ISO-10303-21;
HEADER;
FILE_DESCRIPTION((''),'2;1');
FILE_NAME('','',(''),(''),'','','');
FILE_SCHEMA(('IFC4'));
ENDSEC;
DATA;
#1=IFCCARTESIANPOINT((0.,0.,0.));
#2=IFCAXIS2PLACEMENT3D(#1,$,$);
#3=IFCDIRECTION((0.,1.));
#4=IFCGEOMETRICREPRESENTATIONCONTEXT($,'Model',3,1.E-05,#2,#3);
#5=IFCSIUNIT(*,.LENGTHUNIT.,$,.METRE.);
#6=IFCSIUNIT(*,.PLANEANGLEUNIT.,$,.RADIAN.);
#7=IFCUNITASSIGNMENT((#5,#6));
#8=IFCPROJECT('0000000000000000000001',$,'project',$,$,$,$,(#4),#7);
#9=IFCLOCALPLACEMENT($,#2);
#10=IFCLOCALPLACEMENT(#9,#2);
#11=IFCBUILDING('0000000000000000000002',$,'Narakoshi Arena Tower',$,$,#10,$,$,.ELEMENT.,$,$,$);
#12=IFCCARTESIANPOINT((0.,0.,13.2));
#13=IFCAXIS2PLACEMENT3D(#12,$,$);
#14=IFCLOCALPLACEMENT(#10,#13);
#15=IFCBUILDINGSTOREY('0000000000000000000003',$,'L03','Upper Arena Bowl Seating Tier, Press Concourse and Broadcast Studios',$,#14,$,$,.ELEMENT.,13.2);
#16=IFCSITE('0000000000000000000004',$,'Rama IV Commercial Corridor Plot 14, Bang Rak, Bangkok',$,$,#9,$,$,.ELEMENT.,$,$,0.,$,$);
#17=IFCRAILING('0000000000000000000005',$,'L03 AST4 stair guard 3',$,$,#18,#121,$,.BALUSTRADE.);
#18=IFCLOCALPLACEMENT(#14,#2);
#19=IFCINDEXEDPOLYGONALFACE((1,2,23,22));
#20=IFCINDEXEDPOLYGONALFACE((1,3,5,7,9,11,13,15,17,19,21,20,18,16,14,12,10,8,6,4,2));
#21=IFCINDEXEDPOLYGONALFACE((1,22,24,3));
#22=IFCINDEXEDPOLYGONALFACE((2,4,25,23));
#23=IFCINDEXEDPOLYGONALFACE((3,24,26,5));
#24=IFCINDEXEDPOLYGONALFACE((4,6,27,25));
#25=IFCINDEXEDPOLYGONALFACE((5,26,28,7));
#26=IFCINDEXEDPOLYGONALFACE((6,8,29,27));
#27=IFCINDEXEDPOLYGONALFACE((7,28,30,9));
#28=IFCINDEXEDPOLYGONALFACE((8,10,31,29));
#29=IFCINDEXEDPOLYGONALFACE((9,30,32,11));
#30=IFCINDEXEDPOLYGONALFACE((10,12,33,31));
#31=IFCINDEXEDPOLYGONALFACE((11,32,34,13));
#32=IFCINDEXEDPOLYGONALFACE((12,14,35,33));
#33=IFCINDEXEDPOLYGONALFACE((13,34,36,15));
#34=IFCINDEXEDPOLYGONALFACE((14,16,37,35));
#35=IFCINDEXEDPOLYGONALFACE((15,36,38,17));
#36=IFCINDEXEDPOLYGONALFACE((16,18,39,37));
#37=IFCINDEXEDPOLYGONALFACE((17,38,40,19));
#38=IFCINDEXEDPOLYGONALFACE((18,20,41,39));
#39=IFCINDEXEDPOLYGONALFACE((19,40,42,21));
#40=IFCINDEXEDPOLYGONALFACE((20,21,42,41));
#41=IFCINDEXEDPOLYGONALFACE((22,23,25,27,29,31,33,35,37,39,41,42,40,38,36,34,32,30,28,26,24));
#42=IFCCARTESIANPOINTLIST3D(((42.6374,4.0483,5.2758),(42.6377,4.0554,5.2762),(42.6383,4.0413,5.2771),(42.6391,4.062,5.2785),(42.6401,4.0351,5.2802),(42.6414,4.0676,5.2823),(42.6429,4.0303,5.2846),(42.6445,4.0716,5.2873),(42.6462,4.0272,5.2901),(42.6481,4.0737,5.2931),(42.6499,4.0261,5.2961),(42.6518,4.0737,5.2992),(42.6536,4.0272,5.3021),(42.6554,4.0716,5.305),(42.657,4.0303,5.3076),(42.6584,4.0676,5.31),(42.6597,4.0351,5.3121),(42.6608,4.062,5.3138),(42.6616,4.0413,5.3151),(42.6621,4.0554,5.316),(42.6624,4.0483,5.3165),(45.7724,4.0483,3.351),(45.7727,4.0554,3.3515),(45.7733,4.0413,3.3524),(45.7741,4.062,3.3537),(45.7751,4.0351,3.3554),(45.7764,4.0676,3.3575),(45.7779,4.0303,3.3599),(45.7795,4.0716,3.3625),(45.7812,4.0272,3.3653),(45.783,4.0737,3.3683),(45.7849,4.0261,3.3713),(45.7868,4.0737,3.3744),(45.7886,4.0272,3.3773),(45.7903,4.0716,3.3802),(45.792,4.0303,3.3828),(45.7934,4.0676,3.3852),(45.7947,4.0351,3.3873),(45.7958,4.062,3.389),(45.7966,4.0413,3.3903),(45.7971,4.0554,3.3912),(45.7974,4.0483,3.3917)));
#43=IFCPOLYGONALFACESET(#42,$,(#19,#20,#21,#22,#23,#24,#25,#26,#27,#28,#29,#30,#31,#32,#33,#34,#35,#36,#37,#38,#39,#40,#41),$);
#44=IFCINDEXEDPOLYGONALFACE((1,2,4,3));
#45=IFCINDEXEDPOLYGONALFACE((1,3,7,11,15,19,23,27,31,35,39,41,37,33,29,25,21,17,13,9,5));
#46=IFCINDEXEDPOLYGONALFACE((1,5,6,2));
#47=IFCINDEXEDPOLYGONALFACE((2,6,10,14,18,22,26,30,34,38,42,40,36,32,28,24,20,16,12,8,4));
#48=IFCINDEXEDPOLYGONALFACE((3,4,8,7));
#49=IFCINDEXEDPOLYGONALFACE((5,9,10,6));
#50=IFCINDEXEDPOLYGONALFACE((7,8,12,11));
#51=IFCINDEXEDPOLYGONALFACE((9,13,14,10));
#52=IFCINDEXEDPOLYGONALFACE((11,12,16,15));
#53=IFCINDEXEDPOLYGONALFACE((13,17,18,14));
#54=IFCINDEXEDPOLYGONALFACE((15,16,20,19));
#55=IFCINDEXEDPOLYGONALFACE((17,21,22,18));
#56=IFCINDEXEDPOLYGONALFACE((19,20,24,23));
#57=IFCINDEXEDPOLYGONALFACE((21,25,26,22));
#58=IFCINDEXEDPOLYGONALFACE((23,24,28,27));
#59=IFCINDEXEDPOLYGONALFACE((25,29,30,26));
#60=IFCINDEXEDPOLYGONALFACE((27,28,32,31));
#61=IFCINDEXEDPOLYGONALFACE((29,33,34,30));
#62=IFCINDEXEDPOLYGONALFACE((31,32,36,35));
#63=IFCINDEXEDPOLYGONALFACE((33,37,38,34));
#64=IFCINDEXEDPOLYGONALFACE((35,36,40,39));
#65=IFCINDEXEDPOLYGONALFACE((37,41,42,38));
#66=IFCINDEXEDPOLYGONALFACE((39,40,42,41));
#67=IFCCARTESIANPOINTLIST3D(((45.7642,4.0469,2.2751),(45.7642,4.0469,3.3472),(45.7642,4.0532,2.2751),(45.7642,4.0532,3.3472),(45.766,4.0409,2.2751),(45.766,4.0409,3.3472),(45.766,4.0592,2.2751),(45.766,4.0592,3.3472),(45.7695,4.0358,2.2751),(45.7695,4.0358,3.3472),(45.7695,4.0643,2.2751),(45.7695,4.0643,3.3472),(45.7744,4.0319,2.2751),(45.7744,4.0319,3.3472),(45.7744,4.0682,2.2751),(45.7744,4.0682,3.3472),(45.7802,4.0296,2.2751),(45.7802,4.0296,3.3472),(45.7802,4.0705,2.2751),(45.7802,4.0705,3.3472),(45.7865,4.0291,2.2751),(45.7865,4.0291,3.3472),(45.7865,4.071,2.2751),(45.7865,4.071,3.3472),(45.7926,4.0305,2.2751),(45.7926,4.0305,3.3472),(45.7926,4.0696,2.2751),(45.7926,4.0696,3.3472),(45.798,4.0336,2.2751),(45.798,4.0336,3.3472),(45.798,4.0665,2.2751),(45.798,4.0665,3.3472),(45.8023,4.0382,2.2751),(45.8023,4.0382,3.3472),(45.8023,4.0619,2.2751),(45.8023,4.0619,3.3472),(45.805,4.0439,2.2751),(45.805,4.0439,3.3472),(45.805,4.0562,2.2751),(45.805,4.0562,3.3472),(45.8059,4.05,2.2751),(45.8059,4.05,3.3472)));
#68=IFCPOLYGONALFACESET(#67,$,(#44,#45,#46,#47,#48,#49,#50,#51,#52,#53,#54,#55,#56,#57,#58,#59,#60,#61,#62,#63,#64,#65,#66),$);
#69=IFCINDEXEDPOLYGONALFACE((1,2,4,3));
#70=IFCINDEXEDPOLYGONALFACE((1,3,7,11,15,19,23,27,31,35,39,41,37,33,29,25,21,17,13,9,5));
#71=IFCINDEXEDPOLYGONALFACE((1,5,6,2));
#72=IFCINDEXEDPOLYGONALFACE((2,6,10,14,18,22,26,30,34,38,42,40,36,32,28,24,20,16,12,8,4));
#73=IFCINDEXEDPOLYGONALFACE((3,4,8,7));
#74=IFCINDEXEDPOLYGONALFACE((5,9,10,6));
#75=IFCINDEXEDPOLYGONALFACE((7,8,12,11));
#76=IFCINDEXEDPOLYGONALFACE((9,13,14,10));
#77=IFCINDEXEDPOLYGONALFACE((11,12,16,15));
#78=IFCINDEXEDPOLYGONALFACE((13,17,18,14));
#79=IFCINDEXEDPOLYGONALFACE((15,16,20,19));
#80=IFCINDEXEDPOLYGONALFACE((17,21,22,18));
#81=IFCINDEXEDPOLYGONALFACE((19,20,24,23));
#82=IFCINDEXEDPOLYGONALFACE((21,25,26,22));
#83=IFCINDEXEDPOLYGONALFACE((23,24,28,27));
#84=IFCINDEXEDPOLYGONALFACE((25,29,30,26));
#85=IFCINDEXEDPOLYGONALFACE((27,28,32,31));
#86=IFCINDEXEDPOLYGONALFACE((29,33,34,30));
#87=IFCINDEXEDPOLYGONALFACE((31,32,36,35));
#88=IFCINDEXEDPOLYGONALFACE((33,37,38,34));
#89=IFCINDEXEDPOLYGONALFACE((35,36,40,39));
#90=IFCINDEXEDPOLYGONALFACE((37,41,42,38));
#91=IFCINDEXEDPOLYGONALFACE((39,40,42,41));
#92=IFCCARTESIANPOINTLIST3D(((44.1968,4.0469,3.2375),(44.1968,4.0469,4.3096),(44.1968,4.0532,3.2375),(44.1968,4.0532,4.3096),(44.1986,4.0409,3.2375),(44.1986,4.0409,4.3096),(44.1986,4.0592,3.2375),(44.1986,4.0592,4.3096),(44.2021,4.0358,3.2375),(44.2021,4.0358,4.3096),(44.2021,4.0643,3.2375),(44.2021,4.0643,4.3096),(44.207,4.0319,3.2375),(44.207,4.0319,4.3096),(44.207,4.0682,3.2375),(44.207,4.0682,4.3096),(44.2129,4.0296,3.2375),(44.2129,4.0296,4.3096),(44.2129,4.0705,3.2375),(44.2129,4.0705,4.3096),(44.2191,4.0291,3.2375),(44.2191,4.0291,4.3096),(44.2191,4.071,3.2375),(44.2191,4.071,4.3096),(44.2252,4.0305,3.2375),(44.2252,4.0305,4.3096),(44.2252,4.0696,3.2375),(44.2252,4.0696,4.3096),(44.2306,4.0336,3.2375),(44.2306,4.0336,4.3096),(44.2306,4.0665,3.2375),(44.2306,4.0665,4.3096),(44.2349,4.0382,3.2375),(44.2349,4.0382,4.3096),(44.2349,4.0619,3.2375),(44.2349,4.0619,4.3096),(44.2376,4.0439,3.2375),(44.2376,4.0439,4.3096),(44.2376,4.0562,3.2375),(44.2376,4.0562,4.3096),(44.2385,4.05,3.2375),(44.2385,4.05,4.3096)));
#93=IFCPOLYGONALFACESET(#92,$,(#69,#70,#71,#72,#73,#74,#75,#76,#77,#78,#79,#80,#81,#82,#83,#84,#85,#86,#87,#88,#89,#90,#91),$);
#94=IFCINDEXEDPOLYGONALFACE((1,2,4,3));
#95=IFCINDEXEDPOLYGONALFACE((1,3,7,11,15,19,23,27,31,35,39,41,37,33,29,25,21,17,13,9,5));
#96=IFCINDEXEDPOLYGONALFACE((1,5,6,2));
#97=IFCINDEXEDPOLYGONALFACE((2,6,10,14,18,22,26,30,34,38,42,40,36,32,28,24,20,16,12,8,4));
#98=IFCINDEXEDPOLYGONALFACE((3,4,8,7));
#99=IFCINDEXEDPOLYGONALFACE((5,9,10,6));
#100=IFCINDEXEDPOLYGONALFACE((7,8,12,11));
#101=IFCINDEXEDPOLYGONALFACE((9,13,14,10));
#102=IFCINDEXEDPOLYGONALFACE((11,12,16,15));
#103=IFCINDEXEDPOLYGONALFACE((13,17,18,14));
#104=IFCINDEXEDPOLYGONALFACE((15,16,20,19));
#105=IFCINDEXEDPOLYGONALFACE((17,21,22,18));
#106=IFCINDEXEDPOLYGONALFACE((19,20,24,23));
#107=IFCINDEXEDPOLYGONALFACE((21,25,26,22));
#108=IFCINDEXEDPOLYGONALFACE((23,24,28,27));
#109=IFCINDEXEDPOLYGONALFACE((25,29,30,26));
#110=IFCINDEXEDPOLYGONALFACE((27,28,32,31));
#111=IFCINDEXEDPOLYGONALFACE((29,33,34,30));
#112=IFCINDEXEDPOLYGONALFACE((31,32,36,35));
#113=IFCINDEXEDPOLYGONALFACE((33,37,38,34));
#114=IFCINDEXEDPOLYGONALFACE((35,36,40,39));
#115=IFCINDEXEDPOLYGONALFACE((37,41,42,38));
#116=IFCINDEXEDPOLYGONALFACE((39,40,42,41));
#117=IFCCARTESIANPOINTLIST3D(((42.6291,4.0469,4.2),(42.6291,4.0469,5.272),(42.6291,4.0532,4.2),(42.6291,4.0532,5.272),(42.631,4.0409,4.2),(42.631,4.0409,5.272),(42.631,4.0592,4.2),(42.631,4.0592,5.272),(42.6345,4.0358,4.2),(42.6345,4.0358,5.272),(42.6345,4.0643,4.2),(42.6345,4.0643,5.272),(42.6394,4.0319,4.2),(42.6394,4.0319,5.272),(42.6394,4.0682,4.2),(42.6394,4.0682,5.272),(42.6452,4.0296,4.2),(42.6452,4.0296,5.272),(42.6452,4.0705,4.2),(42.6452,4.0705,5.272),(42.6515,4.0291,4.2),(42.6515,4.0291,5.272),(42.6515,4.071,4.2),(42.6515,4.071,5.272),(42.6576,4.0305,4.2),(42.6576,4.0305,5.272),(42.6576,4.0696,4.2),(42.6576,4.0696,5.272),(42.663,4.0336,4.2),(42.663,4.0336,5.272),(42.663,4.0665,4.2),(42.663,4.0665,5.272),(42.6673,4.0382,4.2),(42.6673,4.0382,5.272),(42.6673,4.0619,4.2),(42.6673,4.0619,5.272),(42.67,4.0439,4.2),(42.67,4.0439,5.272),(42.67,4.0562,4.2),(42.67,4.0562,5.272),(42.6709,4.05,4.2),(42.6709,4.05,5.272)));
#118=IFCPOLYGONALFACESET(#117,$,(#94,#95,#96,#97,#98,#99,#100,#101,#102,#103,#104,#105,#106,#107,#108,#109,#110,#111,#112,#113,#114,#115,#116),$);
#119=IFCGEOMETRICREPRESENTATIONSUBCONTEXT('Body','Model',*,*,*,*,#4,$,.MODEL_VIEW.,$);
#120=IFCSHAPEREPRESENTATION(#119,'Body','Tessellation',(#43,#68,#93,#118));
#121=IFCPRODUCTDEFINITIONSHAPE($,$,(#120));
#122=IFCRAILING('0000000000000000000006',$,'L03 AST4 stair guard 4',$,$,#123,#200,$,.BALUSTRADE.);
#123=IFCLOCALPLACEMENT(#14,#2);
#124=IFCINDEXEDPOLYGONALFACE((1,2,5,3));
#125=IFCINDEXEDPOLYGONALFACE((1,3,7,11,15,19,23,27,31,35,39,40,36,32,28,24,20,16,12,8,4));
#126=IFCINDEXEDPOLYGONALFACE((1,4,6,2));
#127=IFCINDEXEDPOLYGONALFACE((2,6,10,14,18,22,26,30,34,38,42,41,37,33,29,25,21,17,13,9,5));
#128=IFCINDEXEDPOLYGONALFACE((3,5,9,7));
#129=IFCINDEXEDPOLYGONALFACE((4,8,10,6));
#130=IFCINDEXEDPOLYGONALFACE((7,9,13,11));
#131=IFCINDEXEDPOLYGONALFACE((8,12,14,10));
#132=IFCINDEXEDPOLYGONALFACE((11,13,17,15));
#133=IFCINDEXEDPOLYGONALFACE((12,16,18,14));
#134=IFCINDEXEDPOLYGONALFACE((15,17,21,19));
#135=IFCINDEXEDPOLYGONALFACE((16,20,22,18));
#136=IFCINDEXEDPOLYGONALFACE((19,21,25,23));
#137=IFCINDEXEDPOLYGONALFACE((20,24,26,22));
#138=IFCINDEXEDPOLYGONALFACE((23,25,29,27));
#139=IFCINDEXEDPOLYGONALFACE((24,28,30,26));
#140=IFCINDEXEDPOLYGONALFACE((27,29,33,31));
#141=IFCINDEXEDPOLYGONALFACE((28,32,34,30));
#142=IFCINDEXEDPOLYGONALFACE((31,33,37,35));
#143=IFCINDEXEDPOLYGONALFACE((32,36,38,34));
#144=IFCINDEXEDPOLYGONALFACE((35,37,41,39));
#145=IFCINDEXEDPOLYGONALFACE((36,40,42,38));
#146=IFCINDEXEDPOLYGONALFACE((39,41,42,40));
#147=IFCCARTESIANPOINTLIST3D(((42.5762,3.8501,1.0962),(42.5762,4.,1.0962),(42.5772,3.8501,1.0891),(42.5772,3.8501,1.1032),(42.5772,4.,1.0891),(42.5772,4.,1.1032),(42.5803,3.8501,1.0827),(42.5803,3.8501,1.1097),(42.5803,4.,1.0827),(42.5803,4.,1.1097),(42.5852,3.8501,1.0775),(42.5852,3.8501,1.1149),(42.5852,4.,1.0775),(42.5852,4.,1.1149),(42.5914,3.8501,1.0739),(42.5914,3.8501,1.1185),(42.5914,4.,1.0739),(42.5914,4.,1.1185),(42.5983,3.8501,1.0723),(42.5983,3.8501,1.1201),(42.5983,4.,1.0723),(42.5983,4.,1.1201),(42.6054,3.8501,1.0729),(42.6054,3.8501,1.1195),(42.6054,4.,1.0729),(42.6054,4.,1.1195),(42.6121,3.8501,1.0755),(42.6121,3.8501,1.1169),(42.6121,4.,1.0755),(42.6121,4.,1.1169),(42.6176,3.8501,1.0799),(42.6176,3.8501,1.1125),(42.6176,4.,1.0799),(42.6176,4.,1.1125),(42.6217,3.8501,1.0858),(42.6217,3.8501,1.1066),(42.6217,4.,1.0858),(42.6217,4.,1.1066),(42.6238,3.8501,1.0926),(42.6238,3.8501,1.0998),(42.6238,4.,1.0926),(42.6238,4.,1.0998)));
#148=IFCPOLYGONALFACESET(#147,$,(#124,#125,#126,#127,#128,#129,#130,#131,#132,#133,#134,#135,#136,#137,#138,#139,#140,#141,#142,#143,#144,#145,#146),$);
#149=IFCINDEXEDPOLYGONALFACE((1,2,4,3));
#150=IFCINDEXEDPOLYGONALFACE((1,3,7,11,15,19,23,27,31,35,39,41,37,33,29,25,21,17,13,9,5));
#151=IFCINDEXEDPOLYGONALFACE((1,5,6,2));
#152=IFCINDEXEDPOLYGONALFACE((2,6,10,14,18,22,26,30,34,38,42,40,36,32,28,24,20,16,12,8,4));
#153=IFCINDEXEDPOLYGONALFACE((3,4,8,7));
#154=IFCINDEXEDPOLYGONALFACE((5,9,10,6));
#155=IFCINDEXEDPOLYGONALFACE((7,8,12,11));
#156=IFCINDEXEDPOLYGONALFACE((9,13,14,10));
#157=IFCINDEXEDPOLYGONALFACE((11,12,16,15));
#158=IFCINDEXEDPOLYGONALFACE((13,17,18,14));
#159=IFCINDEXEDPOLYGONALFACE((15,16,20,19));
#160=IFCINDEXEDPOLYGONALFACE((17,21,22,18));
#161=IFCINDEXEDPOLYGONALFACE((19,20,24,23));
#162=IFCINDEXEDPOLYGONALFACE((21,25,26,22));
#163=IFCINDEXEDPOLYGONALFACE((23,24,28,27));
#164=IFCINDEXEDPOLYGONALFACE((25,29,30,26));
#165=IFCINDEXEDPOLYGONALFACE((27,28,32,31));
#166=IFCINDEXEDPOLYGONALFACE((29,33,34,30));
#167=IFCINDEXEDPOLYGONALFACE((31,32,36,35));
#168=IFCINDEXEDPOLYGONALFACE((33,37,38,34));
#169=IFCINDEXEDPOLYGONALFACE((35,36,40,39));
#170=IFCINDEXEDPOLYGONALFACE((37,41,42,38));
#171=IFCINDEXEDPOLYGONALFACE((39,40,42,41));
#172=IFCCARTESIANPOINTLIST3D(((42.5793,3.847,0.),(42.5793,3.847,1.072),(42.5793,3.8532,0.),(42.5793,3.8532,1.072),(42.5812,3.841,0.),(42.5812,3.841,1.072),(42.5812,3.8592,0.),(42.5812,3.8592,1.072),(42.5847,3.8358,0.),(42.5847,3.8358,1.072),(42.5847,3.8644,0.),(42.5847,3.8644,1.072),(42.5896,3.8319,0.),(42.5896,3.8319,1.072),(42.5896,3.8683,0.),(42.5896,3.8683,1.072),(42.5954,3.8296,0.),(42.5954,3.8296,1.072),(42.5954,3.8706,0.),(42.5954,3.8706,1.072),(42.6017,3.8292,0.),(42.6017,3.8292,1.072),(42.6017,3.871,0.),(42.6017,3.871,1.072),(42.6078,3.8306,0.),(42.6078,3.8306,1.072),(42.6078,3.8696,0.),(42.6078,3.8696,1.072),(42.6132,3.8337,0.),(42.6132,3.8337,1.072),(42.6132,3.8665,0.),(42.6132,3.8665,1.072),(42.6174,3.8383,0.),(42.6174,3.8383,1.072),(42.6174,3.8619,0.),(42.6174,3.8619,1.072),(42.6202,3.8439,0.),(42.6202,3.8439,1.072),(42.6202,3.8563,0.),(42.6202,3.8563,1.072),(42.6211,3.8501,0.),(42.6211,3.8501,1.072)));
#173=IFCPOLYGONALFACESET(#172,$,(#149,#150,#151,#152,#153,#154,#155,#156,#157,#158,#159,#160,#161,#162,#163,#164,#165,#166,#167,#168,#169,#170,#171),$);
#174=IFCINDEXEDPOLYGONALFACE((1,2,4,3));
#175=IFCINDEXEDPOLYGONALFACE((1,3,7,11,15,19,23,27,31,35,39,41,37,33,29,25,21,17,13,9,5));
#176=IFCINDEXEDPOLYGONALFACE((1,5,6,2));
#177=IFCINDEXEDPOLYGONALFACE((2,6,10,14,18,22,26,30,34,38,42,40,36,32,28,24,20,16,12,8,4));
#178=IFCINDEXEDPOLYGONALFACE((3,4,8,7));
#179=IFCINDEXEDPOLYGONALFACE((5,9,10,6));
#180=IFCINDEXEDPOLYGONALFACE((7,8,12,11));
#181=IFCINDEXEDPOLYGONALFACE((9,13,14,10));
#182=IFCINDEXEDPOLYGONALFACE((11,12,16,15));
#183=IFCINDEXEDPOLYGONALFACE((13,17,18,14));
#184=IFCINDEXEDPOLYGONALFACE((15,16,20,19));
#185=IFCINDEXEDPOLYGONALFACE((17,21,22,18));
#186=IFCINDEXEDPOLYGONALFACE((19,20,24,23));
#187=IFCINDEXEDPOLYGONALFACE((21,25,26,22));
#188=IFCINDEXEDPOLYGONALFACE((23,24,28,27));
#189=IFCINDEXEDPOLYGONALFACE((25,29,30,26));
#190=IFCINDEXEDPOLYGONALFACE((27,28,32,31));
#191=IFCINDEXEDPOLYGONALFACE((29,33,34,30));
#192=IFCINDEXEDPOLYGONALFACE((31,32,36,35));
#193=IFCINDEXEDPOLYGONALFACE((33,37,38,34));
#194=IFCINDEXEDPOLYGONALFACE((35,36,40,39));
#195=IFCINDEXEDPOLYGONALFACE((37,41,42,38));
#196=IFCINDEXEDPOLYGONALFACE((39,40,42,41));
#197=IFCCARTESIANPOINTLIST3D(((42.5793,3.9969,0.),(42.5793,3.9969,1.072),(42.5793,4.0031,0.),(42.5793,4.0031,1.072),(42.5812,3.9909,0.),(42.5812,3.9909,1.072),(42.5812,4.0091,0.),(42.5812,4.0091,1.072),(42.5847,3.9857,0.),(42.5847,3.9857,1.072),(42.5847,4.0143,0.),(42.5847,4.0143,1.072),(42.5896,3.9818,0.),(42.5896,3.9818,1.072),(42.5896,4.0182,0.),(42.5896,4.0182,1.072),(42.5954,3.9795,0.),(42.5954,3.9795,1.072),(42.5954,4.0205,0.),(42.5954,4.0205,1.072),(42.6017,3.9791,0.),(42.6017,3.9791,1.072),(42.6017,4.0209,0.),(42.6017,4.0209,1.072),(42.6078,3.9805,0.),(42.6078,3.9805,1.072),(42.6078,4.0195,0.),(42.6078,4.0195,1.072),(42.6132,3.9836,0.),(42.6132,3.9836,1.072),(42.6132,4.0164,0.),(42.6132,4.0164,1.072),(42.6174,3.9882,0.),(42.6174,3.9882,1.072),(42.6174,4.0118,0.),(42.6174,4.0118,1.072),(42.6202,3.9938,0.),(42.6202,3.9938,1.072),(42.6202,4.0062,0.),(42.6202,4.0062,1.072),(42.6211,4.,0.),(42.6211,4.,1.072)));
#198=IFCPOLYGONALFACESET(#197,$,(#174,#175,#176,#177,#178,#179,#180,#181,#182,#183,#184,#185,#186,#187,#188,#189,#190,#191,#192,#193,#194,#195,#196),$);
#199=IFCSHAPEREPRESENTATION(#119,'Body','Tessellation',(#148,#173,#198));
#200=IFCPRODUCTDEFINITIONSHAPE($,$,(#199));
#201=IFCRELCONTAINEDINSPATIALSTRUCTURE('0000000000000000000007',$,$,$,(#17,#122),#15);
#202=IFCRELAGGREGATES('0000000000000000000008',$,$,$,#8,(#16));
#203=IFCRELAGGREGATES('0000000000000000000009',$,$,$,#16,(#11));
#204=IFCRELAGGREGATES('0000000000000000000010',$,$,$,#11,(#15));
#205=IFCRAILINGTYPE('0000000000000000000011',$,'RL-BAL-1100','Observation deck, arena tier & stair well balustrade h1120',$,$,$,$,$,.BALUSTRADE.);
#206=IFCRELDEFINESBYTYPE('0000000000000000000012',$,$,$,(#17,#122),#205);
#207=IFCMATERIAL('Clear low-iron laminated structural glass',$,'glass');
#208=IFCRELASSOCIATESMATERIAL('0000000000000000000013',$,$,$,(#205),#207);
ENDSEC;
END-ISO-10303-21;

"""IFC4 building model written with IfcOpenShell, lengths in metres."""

from ifc_helpers import new_model, si_unit, direction, frame, origin, origin_2d, place, context, subcontext, project, spatial, circle, extrude, material, type_object, element, save


model = new_model("IFC4")

# Units and contexts
model_context = context("Model", 3, precision=1e-05, world=origin(), true_north=direction((0.0, 1.0)))
body_context = subcontext(model_context, "Body", "Model", "MODEL_VIEW")
ifc_project = project(units=[si_unit("LENGTHUNIT", "METRE"), si_unit("PLANEANGLEUNIT", "RADIAN")], contexts=[model_context])

# Site, building, storey
site_placement = place(None, origin())
site = spatial("IfcSite", under=ifc_project, at=site_placement, Name="Rama IV Commercial Corridor Plot 14, Bang Rak, Bangkok", CompositionType="ELEMENT", RefElevation=0.0)
building_placement = place(site_placement, origin())
building = spatial("IfcBuilding", under=site, at=building_placement, Name="Narakoshi Arena Tower", CompositionType="ELEMENT")
storey_placement = place(building_placement, frame((0.0, 0.0, 13.2)))
storey = spatial("IfcBuildingStorey", under=building, at=storey_placement, Name="L03", Description="Upper Arena Bowl Seating Tier, Press Concourse and Broadcast Studios", CompositionType="ELEMENT", Elevation=13.2)

# Railings
ifc_material_1 = material(Name="Clear low-iron laminated structural glass", Category="glass")
railing_type_1 = type_object("IfcRailingType", Name="RL-BAL-1100", Description="Observation deck, arena tier & stair well balustrade h1120", PredefinedType="BALUSTRADE", material=ifc_material_1)
railing_1_placement = place(storey_placement, frame((45.7849, 4.05, 2.2751)))
element("IfcRailing", 1, at=railing_1_placement, inside=storey, type_object=railing_type_1, Name="L03 AST4 stair guard 3", PredefinedType="BALUSTRADE", context=body_context, shape_type="SweptSolid", body=[
    extrude(circle(Radius=0.0239, at=origin_2d()), frame((0.0, 0.0, 1.0962), z_axis=(-0.852196, 0.0, 0.523223), x_axis=(0.0, -1.0, 0.0)), (0.0, 0.0, 1.0), 3.6787),
    extrude(circle(Radius=0.021, at=origin_2d()), origin(), (0.0, 0.0, 1.0), 1.072),
    extrude(circle(Radius=0.021, at=origin_2d()), frame((-1.5674, 0.0, 0.9624)), (0.0, 0.0, 1.0), 1.072),
    extrude(circle(Radius=0.021, at=origin_2d()), frame((-3.135, 0.0, 1.9248)), (0.0, 0.0, 1.0), 1.072),
])
railing_2_placement = place(storey_placement, frame((42.6001, 3.8501, 0.0)))
element("IfcRailing", 2, at=railing_2_placement, inside=storey, type_object=railing_type_1, Name="L03 AST4 stair guard 4", PredefinedType="BALUSTRADE", context=body_context, shape_type="SweptSolid", body=[
    extrude(circle(Radius=0.0239, at=origin_2d()), frame((0.0, 0.0, 1.0962), z_axis=(0.0, 1.0, 0.0), x_axis=(-1.0, 0.0, 0.0)), (0.0, 0.0, 1.0), 0.1499),
    extrude(circle(Radius=0.021, at=origin_2d()), origin(), (0.0, 0.0, 1.0), 1.072),
    extrude(circle(Radius=0.021, at=origin_2d()), frame((0.0, 0.1499, 0.0)), (0.0, 0.0, 1.0), 1.072),
])

save(model, "model.ifc")
